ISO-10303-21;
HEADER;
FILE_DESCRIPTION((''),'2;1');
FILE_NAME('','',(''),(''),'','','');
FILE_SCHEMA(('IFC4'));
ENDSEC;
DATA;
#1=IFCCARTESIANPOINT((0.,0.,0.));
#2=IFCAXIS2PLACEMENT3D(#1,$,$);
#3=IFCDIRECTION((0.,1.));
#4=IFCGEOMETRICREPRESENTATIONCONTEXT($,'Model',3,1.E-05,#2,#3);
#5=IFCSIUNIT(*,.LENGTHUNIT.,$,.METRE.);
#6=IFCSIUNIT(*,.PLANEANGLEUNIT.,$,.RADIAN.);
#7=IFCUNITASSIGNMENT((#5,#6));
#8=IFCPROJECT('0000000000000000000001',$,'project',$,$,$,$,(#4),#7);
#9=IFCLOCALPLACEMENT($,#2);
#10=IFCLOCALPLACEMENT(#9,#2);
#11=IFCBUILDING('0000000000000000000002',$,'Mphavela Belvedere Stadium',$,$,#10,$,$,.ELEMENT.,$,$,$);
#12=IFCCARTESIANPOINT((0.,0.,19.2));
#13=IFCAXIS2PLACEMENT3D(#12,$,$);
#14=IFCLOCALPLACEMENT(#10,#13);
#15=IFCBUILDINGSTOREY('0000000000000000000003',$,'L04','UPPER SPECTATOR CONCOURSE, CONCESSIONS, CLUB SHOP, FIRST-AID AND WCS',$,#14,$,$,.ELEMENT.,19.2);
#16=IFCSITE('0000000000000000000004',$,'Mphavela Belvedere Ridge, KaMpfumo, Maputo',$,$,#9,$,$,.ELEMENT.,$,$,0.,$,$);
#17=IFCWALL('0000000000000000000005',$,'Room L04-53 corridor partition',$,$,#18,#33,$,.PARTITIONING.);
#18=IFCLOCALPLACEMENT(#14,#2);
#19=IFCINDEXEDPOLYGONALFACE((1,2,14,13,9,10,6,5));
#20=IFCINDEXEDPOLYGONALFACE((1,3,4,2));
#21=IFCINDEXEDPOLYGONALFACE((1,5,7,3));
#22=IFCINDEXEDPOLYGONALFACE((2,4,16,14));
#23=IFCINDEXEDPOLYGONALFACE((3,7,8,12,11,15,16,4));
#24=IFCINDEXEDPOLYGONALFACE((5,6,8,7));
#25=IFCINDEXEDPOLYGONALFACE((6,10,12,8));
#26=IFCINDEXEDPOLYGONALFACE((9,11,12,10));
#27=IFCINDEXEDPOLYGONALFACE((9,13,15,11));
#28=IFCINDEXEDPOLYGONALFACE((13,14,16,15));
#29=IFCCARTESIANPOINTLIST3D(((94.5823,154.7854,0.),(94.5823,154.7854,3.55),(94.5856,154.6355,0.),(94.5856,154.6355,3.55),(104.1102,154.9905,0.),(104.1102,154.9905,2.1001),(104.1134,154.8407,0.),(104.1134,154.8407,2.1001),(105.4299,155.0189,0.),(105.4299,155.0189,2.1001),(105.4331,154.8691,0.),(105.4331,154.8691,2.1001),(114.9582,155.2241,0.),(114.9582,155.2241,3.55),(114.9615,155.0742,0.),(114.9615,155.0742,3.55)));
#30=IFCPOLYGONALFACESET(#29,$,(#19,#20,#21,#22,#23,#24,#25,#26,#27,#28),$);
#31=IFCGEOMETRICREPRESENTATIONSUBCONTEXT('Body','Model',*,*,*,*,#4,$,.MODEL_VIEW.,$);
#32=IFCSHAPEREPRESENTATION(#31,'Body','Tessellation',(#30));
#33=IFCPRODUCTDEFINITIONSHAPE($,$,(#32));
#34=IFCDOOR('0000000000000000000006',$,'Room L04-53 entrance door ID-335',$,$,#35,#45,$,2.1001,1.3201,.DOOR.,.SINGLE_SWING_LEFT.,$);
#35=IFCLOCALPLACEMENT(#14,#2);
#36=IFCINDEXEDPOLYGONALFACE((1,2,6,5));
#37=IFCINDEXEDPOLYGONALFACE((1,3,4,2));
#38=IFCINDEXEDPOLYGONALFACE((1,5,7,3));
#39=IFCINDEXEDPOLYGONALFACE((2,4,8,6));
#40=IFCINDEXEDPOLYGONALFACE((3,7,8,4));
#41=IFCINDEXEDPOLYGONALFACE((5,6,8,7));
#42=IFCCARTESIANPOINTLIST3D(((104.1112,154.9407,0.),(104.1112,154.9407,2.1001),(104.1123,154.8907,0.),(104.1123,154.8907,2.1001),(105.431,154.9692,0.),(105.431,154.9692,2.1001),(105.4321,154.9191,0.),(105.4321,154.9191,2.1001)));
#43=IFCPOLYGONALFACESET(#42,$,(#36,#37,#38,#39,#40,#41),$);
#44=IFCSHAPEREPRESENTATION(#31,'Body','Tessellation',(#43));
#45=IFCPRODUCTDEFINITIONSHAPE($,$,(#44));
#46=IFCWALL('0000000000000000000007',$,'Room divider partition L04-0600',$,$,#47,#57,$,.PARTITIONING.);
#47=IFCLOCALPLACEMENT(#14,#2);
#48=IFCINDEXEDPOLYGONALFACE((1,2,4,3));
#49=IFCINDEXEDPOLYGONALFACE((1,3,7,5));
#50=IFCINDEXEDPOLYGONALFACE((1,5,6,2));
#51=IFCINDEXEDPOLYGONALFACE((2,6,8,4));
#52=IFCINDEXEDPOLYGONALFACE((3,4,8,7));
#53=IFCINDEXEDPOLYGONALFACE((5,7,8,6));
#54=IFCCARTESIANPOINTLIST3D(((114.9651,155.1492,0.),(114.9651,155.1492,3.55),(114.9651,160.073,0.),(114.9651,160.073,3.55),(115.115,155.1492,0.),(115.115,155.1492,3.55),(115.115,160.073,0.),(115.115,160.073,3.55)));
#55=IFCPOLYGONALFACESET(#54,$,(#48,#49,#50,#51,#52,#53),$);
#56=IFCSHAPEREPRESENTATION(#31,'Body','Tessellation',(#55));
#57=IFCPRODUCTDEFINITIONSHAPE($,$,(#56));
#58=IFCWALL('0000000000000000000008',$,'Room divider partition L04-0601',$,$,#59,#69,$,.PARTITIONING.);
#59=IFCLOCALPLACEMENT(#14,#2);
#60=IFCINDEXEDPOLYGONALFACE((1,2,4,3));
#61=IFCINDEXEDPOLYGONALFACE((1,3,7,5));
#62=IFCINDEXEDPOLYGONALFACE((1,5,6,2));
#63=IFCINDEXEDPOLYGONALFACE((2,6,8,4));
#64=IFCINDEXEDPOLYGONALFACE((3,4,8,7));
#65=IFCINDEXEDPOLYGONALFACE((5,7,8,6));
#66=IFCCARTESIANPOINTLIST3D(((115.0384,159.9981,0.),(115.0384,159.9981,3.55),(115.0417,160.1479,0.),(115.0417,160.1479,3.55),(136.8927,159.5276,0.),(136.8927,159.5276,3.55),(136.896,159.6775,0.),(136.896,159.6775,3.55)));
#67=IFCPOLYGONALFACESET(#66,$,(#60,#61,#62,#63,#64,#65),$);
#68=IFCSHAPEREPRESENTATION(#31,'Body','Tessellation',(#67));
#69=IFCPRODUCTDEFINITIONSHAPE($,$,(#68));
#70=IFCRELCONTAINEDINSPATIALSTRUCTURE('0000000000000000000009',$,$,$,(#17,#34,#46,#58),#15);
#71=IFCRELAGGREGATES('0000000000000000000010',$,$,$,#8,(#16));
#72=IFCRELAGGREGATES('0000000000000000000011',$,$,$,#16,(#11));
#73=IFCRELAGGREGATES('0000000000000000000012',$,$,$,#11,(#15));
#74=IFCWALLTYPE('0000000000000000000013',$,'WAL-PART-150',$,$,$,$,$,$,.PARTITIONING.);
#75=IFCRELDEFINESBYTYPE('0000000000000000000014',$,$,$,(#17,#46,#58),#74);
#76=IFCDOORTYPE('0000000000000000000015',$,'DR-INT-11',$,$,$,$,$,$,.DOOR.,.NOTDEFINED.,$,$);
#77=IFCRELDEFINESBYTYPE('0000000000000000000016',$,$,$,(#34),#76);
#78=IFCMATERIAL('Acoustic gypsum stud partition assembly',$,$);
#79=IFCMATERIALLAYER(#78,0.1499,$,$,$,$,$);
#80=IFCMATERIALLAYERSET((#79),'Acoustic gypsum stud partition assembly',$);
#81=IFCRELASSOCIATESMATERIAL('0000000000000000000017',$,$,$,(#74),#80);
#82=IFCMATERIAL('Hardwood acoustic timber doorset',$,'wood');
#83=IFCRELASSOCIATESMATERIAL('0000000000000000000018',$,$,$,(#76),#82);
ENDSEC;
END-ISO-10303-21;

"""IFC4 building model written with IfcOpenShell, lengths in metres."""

from ifc_helpers import new_model, si_unit, direction, frame, frame_2d, origin, place, context, subcontext, project, spatial, rectangle, extrude, material, layer, layer_set, type_object, element, fill, save


model = new_model("IFC4")

# Units and contexts
model_context = context("Model", 3, precision=1e-05, world=origin(), true_north=direction((0.0, 1.0)))
body_context = subcontext(model_context, "Body", "Model", "MODEL_VIEW")
ifc_project = project(units=[si_unit("LENGTHUNIT", "METRE"), si_unit("PLANEANGLEUNIT", "RADIAN")], contexts=[model_context])

# Site, building, storey
site_placement = place(None, origin())
site = spatial("IfcSite", under=ifc_project, at=site_placement, Name="Mphavela Belvedere Ridge, KaMpfumo, Maputo", CompositionType="ELEMENT", RefElevation=0.0)
building_placement = place(site_placement, origin())
building = spatial("IfcBuilding", under=site, at=building_placement, Name="Mphavela Belvedere Stadium", CompositionType="ELEMENT")
storey_placement = place(building_placement, frame((0.0, 0.0, 19.2)))
storey = spatial("IfcBuildingStorey", under=building, at=storey_placement, Name="L04", Description="UPPER SPECTATOR CONCOURSE, CONCESSIONS, CLUB SHOP, FIRST-AID AND WCS", CompositionType="ELEMENT", Elevation=19.2)

# Wall, opening, door
ifc_material_1 = material(Name="Acoustic gypsum stud partition assembly")
ifc_layer_1 = layer(ifc_material_1, 0.1499)
ifc_layer_set_1 = layer_set([ifc_layer_1], Name="Acoustic gypsum stud partition assembly")
wall_type = type_object("IfcWallType", Name="WAL-PART-150", PredefinedType="PARTITIONING", material=ifc_layer_set_1)
wall_1_placement = place(storey_placement, frame((114.96, 155.1492, 0.0), z_axis=(0.0, 0.0, 1.0), x_axis=(-0.999768, -0.021526, 0.0)))
wall_1 = element("IfcWall", 1, at=wall_1_placement, inside=storey, type_object=wall_type, Name="Room L04-53 corridor partition", PredefinedType="PARTITIONING", context=body_context, shape_type="SweptSolid", body=[
    extrude(rectangle(XDim=20.3806, YDim=0.1499, at=frame_2d((10.1904, 0.0))), origin(), (0.0, 0.0, 1.0), 3.55),
])
opening_placement = place(wall_1_placement, frame((9.5305, 0.0, 0.0)))
opening = element("IfcOpeningElement", 2, at=opening_placement, cuts=wall_1, PredefinedType="OPENING", context=body_context, shape_type="SweptSolid", body=[
    extrude(rectangle(XDim=1.3201, YDim=2.1001, at=frame_2d((0.6602, 1.05))), frame((0.0, 0.085, 0.0), z_axis=(0.0, -1.0, 0.0), x_axis=(1.0, 0.0, 0.0)), (0.0, 0.0, 1.0), 0.1699),
])
ifc_material_2 = material(Name="Hardwood acoustic timber doorset", Category="wood")
door_type = type_object("IfcDoorType", Name="DR-INT-11", OperationType="NOTDEFINED", PredefinedType="DOOR", material=ifc_material_2)
door_placement = place(opening_placement, origin())
door = element("IfcDoor", 3, at=door_placement, inside=storey, type_object=door_type, Name="Room L04-53 entrance door ID-335", OperationType="SINGLE_SWING_LEFT", OverallHeight=2.1001, OverallWidth=1.3201, PredefinedType="DOOR", context=body_context, shape_type="SweptSolid", body=[
    extrude(rectangle(XDim=1.3201, YDim=2.1001, at=frame_2d((0.6602, 1.05))), frame((0.0, 0.0249, 0.0), z_axis=(0.0, -1.0, 0.0), x_axis=(1.0, 0.0, 0.0)), (0.0, 0.0, 1.0), 0.05),
])
fill(opening, door)

# Walls
wall_2_placement = place(storey_placement, frame((115.04, 155.1492, 0.0), z_axis=(0.0, 0.0, 1.0), x_axis=(0.0, 1.0, 0.0)))
element("IfcWall", 4, at=wall_2_placement, inside=storey, type_object=wall_type, Name="Room divider partition L04-0600", PredefinedType="PARTITIONING", context=body_context, shape_type="SweptSolid", body=[
    extrude(rectangle(XDim=4.9238, YDim=0.1499, at=frame_2d((2.4619, 0.0))), origin(), (0.0, 0.0, 1.0), 3.55),
])
wall_3_placement = place(storey_placement, frame((115.04, 160.073, 0.0), z_axis=(0.0, 0.0, 1.0), x_axis=(0.999768, -0.021522, 0.0)))
element("IfcWall", 5, at=wall_3_placement, inside=storey, type_object=wall_type, Name="Room divider partition L04-0601", PredefinedType="PARTITIONING", context=body_context, shape_type="SweptSolid", body=[
    extrude(rectangle(XDim=21.8594, YDim=0.1499, at=frame_2d((10.9297, 0.0))), origin(), (0.0, 0.0, 1.0), 3.55),
])

save(model, "model.ifc")
